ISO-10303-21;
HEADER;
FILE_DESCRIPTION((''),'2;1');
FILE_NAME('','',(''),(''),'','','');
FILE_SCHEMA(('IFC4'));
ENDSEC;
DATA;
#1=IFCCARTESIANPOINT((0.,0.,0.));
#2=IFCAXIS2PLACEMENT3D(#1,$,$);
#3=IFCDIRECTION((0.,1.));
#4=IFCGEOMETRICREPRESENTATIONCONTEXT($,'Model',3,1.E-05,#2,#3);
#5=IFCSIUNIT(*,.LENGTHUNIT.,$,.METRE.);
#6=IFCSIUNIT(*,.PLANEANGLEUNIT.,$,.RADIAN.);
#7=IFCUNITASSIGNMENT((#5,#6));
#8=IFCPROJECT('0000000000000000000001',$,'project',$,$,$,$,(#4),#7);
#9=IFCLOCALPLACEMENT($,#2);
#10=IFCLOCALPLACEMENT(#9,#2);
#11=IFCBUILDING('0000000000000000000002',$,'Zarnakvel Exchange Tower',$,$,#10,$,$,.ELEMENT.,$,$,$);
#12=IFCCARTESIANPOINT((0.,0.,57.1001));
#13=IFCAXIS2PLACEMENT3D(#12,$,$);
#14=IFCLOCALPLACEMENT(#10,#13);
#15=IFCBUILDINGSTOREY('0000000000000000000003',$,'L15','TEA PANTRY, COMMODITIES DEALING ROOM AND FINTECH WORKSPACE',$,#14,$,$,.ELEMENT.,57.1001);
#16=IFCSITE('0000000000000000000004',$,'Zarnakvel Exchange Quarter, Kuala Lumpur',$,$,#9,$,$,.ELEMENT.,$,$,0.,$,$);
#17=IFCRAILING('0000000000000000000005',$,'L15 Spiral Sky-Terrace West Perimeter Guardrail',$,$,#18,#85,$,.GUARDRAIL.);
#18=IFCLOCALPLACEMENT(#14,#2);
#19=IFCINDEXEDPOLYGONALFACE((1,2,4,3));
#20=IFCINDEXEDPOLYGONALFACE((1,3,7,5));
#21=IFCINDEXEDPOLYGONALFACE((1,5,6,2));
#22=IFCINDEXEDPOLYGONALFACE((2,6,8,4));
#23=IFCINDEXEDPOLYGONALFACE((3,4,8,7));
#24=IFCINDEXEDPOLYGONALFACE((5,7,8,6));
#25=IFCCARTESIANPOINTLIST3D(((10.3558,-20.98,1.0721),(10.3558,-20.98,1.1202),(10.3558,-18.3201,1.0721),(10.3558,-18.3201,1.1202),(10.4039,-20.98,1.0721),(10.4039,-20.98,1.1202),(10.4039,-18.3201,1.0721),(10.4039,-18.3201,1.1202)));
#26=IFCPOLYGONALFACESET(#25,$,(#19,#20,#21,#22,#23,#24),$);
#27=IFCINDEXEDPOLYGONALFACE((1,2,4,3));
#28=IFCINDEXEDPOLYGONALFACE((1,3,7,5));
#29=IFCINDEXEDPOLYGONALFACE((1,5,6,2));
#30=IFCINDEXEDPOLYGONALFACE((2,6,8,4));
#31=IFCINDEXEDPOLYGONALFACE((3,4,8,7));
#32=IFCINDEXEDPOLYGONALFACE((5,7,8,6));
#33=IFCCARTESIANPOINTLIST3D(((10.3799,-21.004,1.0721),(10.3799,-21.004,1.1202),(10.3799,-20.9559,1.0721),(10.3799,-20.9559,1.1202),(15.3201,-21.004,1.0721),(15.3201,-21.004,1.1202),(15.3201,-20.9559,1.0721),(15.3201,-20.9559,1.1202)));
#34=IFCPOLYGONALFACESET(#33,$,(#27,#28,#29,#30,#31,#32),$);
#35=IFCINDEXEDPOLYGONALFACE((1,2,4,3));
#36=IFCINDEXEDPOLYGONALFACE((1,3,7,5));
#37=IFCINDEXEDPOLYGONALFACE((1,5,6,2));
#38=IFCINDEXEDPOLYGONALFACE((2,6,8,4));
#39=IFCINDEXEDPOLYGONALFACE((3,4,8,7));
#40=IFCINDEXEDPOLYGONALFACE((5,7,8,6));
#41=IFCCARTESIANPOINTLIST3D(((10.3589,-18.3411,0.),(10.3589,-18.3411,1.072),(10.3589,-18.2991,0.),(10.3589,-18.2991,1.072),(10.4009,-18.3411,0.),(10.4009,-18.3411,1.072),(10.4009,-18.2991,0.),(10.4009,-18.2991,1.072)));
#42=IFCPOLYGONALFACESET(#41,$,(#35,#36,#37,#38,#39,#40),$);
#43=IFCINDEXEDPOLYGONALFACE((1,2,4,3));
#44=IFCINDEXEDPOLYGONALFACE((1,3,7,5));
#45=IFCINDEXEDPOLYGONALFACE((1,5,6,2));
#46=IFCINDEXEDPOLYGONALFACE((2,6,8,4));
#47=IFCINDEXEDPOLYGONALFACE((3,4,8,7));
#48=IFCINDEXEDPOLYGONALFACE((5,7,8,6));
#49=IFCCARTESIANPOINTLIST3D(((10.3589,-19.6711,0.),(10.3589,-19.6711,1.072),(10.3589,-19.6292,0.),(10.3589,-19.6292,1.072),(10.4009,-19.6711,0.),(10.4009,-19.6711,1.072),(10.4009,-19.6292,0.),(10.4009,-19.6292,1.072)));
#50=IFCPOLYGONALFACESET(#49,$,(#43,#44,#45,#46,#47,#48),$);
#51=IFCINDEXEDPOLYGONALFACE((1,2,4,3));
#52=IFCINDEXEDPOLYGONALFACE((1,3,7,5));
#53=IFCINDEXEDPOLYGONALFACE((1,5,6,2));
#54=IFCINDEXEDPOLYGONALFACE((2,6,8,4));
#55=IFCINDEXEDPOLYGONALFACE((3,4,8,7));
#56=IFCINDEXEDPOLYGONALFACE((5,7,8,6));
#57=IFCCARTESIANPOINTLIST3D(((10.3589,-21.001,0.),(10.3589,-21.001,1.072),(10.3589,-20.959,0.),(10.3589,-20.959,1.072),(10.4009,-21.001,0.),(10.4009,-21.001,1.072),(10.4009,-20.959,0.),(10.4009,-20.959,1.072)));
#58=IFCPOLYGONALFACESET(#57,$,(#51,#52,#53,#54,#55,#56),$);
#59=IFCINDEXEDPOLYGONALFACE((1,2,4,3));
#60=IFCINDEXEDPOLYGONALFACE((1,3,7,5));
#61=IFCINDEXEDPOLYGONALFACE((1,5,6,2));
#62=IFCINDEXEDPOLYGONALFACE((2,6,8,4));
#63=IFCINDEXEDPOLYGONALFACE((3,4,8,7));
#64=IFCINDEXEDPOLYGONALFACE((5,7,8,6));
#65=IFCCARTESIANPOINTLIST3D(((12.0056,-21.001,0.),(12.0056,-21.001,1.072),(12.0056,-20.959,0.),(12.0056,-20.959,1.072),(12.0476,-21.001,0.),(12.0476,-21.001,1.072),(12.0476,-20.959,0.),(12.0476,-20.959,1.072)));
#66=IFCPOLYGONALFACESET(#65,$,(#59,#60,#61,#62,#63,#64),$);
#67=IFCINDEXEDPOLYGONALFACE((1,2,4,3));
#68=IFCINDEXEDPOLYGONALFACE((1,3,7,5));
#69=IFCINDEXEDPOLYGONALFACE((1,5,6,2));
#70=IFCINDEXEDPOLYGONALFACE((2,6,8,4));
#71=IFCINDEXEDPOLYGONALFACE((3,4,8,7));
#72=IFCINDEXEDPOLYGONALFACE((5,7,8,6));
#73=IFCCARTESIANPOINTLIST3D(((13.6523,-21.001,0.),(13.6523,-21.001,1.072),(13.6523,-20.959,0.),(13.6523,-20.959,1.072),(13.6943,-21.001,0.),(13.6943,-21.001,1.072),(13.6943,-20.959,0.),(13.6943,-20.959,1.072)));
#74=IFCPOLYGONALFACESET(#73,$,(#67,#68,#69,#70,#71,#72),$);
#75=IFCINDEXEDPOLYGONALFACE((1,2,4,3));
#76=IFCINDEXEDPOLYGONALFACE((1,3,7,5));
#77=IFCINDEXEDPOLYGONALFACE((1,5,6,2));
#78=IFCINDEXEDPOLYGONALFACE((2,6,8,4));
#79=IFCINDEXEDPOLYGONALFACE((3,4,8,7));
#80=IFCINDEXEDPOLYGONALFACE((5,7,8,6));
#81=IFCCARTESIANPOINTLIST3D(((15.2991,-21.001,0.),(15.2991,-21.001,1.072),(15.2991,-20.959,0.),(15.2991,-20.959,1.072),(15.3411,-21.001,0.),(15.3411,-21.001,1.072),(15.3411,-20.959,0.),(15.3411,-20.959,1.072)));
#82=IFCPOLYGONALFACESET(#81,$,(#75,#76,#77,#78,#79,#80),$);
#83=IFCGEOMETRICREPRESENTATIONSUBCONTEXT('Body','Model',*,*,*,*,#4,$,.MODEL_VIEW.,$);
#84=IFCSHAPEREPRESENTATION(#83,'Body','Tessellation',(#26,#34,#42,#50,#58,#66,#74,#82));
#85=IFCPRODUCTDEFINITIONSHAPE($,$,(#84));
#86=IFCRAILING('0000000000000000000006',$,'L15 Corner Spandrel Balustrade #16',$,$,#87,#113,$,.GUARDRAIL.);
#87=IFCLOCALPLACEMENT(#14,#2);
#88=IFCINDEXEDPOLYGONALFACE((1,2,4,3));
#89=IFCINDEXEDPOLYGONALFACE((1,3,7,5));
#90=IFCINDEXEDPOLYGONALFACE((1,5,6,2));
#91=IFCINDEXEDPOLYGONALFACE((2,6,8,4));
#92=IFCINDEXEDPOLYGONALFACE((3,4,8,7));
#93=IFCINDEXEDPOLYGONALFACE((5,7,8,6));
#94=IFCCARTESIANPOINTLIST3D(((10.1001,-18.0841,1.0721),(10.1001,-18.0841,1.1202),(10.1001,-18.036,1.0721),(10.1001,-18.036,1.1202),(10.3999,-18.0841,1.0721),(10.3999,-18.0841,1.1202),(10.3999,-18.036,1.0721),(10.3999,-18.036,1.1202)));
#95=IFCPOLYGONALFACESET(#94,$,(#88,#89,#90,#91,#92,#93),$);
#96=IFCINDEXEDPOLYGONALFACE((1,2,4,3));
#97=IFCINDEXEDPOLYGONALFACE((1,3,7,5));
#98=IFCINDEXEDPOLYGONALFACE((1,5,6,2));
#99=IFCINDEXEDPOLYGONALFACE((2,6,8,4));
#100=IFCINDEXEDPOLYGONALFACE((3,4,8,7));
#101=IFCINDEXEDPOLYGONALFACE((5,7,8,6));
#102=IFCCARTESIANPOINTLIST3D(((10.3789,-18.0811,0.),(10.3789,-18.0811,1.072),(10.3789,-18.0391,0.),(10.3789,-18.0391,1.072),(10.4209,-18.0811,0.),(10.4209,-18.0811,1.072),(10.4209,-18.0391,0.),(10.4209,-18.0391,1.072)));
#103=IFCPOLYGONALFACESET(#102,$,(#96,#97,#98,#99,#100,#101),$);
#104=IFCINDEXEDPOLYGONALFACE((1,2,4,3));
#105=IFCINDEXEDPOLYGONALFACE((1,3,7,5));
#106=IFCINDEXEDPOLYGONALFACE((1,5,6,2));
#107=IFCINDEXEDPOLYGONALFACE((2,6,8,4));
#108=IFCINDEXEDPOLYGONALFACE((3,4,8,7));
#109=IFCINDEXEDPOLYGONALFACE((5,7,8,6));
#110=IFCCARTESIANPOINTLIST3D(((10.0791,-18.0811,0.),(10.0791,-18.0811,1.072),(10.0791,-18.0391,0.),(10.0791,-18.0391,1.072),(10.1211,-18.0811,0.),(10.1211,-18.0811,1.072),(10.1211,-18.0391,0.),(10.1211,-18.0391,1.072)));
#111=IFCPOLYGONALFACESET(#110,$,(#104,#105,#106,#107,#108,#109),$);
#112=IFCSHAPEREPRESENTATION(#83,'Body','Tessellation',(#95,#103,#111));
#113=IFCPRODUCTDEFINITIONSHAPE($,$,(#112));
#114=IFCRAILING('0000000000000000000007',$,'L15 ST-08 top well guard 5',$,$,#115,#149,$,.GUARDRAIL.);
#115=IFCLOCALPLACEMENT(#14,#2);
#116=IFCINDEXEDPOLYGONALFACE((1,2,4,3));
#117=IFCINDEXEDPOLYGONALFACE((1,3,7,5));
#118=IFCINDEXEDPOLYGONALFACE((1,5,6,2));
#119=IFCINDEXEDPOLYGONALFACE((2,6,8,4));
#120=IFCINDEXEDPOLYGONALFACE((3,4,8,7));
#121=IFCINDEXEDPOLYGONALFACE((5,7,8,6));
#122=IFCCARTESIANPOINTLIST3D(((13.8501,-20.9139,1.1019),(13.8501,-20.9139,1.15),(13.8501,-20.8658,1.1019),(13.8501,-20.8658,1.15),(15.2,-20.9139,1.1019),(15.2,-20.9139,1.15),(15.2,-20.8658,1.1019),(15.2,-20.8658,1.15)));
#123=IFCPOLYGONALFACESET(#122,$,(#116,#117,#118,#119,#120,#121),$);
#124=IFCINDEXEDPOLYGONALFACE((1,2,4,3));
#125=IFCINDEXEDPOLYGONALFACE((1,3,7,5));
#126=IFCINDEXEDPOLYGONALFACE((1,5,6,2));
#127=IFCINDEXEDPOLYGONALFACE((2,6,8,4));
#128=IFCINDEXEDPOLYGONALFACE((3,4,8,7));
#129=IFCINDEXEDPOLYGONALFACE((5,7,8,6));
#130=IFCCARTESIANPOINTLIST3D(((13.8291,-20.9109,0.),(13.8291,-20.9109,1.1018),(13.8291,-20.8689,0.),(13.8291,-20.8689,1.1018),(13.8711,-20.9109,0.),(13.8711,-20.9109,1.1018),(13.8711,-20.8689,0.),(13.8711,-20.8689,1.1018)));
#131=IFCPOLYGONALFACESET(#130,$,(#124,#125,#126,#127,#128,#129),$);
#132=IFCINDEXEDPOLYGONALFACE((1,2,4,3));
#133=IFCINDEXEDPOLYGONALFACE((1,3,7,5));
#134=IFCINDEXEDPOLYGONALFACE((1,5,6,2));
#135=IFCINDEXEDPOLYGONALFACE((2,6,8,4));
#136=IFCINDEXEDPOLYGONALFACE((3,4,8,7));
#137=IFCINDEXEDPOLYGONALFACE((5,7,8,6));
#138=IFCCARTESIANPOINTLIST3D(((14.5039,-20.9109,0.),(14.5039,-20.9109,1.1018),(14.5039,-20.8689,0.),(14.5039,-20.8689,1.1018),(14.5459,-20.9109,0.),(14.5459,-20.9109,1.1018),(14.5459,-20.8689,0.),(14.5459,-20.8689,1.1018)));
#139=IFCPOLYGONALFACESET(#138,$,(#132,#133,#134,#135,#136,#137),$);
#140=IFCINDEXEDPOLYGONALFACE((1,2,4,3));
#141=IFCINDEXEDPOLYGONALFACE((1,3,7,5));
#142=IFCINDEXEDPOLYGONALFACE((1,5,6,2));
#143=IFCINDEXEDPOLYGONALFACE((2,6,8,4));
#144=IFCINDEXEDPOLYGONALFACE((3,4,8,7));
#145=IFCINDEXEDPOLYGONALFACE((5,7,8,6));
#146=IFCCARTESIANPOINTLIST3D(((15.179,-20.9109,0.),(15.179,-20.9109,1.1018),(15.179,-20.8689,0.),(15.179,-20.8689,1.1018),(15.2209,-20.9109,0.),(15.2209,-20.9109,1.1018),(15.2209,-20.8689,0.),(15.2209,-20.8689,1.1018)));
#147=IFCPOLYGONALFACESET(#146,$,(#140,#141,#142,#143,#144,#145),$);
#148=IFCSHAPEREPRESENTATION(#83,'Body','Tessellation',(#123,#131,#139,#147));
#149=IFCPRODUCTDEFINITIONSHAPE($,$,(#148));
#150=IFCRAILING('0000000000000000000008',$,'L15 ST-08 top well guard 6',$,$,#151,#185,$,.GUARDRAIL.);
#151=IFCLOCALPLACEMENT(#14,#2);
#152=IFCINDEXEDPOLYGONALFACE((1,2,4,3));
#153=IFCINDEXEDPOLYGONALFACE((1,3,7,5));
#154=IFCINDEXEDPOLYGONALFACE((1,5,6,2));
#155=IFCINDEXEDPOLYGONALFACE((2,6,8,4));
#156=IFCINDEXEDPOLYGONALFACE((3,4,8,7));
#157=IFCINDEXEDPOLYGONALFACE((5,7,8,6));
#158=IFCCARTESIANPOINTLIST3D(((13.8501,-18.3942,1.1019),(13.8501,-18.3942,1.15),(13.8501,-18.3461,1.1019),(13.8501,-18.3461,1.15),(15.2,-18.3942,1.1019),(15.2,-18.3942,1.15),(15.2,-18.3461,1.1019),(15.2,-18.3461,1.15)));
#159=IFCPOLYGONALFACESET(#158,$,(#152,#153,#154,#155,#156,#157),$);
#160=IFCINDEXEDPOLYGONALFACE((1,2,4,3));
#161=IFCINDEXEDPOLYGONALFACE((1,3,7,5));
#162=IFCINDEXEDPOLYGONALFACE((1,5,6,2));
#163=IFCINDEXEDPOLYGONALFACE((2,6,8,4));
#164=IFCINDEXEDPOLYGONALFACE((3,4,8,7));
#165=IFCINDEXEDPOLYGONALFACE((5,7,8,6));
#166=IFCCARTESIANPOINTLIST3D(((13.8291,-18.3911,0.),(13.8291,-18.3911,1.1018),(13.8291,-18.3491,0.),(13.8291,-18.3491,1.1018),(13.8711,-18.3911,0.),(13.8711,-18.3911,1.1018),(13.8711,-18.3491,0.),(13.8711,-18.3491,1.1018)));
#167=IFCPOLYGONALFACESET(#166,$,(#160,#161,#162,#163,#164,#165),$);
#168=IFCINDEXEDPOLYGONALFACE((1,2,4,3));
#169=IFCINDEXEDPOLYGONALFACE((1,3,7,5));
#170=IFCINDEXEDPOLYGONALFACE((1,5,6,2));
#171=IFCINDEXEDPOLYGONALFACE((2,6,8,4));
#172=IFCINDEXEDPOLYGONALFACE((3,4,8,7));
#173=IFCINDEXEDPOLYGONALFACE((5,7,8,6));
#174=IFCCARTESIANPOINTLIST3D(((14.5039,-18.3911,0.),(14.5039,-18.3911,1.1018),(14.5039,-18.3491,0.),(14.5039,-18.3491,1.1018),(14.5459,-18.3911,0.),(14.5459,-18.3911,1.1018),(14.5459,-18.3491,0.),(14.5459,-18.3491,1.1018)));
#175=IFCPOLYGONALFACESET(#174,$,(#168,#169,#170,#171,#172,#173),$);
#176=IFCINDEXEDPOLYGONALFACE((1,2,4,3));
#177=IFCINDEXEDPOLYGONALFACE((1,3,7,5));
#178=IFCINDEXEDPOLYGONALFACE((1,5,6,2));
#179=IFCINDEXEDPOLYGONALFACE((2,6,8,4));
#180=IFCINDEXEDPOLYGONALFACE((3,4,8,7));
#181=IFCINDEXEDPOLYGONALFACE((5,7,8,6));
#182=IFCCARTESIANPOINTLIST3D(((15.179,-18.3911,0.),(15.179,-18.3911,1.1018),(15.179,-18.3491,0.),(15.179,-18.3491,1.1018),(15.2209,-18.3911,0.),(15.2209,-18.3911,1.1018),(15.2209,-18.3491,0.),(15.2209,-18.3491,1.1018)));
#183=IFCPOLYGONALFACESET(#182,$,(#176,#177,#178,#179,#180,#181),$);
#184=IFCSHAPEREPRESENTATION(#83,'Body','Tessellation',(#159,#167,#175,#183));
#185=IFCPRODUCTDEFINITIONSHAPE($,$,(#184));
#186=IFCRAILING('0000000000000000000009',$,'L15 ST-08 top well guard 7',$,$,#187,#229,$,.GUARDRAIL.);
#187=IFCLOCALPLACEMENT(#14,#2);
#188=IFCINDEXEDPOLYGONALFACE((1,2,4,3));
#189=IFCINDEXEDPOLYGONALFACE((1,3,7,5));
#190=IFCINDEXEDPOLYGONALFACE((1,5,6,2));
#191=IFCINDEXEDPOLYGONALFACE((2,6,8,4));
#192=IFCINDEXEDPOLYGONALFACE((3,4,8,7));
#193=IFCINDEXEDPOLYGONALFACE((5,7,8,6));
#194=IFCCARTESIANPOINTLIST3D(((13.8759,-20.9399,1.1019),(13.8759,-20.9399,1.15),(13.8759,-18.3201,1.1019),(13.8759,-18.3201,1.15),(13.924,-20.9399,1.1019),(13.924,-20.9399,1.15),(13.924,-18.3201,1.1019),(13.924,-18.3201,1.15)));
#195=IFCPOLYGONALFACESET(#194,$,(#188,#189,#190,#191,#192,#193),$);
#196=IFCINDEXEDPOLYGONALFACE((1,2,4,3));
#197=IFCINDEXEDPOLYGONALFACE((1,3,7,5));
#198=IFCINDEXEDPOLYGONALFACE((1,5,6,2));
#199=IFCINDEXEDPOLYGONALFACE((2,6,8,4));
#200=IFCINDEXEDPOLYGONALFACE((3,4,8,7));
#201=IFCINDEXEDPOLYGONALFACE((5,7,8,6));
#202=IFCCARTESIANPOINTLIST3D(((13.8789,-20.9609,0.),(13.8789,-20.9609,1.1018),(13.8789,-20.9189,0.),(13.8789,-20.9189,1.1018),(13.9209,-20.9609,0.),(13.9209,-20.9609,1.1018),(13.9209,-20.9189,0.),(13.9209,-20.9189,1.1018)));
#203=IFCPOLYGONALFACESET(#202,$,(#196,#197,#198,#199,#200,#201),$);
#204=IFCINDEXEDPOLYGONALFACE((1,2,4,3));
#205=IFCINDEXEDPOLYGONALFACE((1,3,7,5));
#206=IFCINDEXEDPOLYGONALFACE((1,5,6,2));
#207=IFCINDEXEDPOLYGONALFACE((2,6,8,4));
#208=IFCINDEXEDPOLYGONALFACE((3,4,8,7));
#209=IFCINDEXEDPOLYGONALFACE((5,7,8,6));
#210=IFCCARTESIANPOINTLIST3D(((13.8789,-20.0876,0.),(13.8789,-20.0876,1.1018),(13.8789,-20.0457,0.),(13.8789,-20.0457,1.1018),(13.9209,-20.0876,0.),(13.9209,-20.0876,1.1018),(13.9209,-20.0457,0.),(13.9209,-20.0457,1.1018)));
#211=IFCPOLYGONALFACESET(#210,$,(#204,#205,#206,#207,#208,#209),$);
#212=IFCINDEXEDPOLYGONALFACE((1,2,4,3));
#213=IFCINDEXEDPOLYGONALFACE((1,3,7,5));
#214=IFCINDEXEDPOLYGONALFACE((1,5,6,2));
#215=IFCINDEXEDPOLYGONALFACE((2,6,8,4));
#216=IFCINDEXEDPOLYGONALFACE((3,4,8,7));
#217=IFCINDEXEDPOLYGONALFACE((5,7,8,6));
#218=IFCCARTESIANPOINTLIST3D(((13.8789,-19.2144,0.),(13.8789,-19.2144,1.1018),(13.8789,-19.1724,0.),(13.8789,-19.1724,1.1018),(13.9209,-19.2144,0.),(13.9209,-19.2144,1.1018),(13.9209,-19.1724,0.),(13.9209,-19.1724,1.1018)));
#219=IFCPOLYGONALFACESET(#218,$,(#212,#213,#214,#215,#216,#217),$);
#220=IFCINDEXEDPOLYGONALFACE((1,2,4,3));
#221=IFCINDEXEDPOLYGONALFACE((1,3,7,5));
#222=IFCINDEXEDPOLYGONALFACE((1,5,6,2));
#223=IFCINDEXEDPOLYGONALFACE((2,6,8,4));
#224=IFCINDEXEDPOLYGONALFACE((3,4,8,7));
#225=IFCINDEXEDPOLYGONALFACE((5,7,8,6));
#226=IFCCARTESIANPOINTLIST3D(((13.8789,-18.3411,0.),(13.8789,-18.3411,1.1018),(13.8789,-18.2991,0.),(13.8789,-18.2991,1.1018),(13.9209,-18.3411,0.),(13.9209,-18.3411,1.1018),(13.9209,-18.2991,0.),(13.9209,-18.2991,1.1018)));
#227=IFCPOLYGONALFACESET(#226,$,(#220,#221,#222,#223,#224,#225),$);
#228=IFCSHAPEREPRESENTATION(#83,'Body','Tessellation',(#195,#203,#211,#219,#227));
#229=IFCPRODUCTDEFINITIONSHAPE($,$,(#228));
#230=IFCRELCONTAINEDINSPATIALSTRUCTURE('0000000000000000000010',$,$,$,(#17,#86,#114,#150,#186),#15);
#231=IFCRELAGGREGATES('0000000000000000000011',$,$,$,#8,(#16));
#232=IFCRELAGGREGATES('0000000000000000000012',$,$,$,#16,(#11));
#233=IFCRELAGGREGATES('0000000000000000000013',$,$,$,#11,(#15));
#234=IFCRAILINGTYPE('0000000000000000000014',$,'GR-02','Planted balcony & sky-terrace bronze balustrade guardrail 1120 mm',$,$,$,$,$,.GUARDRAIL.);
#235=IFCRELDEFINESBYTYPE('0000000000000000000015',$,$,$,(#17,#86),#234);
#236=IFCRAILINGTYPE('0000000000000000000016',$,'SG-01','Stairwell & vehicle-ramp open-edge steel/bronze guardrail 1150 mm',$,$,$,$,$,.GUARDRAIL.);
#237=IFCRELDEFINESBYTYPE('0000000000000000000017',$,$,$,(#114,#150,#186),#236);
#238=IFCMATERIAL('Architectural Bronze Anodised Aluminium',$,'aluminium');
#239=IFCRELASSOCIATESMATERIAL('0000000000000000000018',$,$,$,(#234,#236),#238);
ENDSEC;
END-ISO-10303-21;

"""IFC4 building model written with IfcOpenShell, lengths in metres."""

from ifc_helpers import new_model, si_unit, direction, frame, origin, origin_2d, place, context, subcontext, project, spatial, rectangle, extrude, material, type_object, element, save


model = new_model("IFC4")

# Units and contexts
model_context = context("Model", 3, precision=1e-05, world=origin(), true_north=direction((0.0, 1.0)))
body_context = subcontext(model_context, "Body", "Model", "MODEL_VIEW")
ifc_project = project(units=[si_unit("LENGTHUNIT", "METRE"), si_unit("PLANEANGLEUNIT", "RADIAN")], contexts=[model_context])

# Site, building, storey
site_placement = place(None, origin())
site = spatial("IfcSite", under=ifc_project, at=site_placement, Name="Zarnakvel Exchange Quarter, Kuala Lumpur", CompositionType="ELEMENT", RefElevation=0.0)
building_placement = place(site_placement, origin())
building = spatial("IfcBuilding", under=site, at=building_placement, Name="Zarnakvel Exchange Tower", CompositionType="ELEMENT")
storey_placement = place(building_placement, frame((0.0, 0.0, 57.1001)))
storey = spatial("IfcBuildingStorey", under=building, at=storey_placement, Name="L15", Description="TEA PANTRY, COMMODITIES DEALING ROOM AND FINTECH WORKSPACE", CompositionType="ELEMENT", Elevation=57.1001)

# Shared definitions
ifc_material_1 = material(Name="Architectural Bronze Anodised Aluminium", Category="aluminium")

# Railings
railing_type_1 = type_object("IfcRailingType", Name="GR-02", Description="Planted balcony & sky-terrace bronze balustrade guardrail 1120 mm", PredefinedType="GUARDRAIL", material=ifc_material_1)
railing_1_placement = place(storey_placement, frame((10.3799, -18.3201, 0.0)))
element("IfcRailing", 1, at=railing_1_placement, inside=storey, type_object=railing_type_1, Name="L15 Spiral Sky-Terrace West Perimeter Guardrail", PredefinedType="GUARDRAIL", context=body_context, shape_type="SweptSolid", body=[
    extrude(rectangle(XDim=0.0481, YDim=0.0481, at=origin_2d()), frame((0.0, 0.0, 1.0962), z_axis=(0.0, -1.0, 0.0), x_axis=(1.0, 0.0, 0.0)), (0.0, 0.0, 1.0), 2.6599),
    extrude(rectangle(XDim=0.0481, YDim=0.0481, at=origin_2d()), frame((0.0, -2.6599, 1.0962), z_axis=(1.0, 0.0, 0.0), x_axis=(0.0, 1.0, 0.0)), (0.0, 0.0, 1.0), 4.9402),
    extrude(rectangle(XDim=0.042, YDim=0.042, at=origin_2d()), origin(), (0.0, 0.0, 1.0), 1.072),
    extrude(rectangle(XDim=0.042, YDim=0.042, at=origin_2d()), frame((0.0, -1.3301, 0.0)), (0.0, 0.0, 1.0), 1.072),
    extrude(rectangle(XDim=0.042, YDim=0.042, at=origin_2d()), frame((0.0, -2.6599, 0.0)), (0.0, 0.0, 1.0), 1.072),
    extrude(rectangle(XDim=0.042, YDim=0.042, at=origin_2d()), frame((1.6467, -2.6599, 0.0)), (0.0, 0.0, 1.0), 1.072),
    extrude(rectangle(XDim=0.042, YDim=0.042, at=origin_2d()), frame((3.2935, -2.6599, 0.0)), (0.0, 0.0, 1.0), 1.072),
    extrude(rectangle(XDim=0.042, YDim=0.042, at=origin_2d()), frame((4.9402, -2.6599, 0.0)), (0.0, 0.0, 1.0), 1.072),
])
railing_2_placement = place(storey_placement, frame((10.3999, -18.0601, 0.0)))
element("IfcRailing", 2, at=railing_2_placement, inside=storey, type_object=railing_type_1, Name="L15 Corner Spandrel Balustrade #16", PredefinedType="GUARDRAIL", context=body_context, shape_type="SweptSolid", body=[
    extrude(rectangle(XDim=0.0481, YDim=0.0481, at=origin_2d()), frame((0.0, 0.0, 1.0962), z_axis=(-1.0, 0.0, 0.0), x_axis=(0.0, -1.0, 0.0)), (0.0, 0.0, 1.0), 0.2998),
    extrude(rectangle(XDim=0.042, YDim=0.042, at=origin_2d()), origin(), (0.0, 0.0, 1.0), 1.072),
    extrude(rectangle(XDim=0.042, YDim=0.042, at=origin_2d()), frame((-0.2998, 0.0, 0.0)), (0.0, 0.0, 1.0), 1.072),
])
railing_type_2 = type_object("IfcRailingType", Name="SG-01", Description="Stairwell & vehicle-ramp open-edge steel/bronze guardrail 1150 mm", PredefinedType="GUARDRAIL", material=ifc_material_1)
for number, where, name in (
    (3, (13.8501, -20.8899, 0.0), "L15 ST-08 top well guard 5"),
    (4, (13.8501, -18.3701, 0.0), "L15 ST-08 top well guard 6"),
):
    element("IfcRailing", number, at=place(storey_placement, frame(where)), inside=storey, type_object=railing_type_2, Name=name, PredefinedType="GUARDRAIL", context=body_context, shape_type="SweptSolid", body=[
        extrude(rectangle(XDim=0.0481, YDim=0.0481, at=origin_2d()), frame((0.0, 0.0, 1.126), z_axis=(1.0, 0.0, 0.0), x_axis=(0.0, 1.0, 0.0)), (0.0, 0.0, 1.0), 1.3499),
        extrude(rectangle(XDim=0.042, YDim=0.042, at=origin_2d()), origin(), (0.0, 0.0, 1.0), 1.1018),
        extrude(rectangle(XDim=0.042, YDim=0.042, at=origin_2d()), frame((0.6748, 0.0, 0.0)), (0.0, 0.0, 1.0), 1.1018),
        extrude(rectangle(XDim=0.042, YDim=0.042, at=origin_2d()), frame((1.3499, 0.0, 0.0)), (0.0, 0.0, 1.0), 1.1018),
    ])
railing_3_placement = place(storey_placement, frame((13.8999, -20.9399, 0.0)))
element("IfcRailing", 5, at=railing_3_placement, inside=storey, type_object=railing_type_2, Name="L15 ST-08 top well guard 7", PredefinedType="GUARDRAIL", context=body_context, shape_type="SweptSolid", body=[
    extrude(rectangle(XDim=0.0481, YDim=0.0481, at=origin_2d()), frame((0.0, 0.0, 1.126), z_axis=(0.0, 1.0, 0.0), x_axis=(-1.0, 0.0, 0.0)), (0.0, 0.0, 1.0), 2.6199),
    extrude(rectangle(XDim=0.042, YDim=0.042, at=origin_2d()), origin(), (0.0, 0.0, 1.0), 1.1018),
    extrude(rectangle(XDim=0.042, YDim=0.042, at=origin_2d()), frame((0.0, 0.8733, 0.0)), (0.0, 0.0, 1.0), 1.1018),
    extrude(rectangle(XDim=0.042, YDim=0.042, at=origin_2d()), frame((0.0, 1.7466, 0.0)), (0.0, 0.0, 1.0), 1.1018),
    extrude(rectangle(XDim=0.042, YDim=0.042, at=origin_2d()), frame((0.0, 2.6199, 0.0)), (0.0, 0.0, 1.0), 1.1018),
])

save(model, "model.ifc")
